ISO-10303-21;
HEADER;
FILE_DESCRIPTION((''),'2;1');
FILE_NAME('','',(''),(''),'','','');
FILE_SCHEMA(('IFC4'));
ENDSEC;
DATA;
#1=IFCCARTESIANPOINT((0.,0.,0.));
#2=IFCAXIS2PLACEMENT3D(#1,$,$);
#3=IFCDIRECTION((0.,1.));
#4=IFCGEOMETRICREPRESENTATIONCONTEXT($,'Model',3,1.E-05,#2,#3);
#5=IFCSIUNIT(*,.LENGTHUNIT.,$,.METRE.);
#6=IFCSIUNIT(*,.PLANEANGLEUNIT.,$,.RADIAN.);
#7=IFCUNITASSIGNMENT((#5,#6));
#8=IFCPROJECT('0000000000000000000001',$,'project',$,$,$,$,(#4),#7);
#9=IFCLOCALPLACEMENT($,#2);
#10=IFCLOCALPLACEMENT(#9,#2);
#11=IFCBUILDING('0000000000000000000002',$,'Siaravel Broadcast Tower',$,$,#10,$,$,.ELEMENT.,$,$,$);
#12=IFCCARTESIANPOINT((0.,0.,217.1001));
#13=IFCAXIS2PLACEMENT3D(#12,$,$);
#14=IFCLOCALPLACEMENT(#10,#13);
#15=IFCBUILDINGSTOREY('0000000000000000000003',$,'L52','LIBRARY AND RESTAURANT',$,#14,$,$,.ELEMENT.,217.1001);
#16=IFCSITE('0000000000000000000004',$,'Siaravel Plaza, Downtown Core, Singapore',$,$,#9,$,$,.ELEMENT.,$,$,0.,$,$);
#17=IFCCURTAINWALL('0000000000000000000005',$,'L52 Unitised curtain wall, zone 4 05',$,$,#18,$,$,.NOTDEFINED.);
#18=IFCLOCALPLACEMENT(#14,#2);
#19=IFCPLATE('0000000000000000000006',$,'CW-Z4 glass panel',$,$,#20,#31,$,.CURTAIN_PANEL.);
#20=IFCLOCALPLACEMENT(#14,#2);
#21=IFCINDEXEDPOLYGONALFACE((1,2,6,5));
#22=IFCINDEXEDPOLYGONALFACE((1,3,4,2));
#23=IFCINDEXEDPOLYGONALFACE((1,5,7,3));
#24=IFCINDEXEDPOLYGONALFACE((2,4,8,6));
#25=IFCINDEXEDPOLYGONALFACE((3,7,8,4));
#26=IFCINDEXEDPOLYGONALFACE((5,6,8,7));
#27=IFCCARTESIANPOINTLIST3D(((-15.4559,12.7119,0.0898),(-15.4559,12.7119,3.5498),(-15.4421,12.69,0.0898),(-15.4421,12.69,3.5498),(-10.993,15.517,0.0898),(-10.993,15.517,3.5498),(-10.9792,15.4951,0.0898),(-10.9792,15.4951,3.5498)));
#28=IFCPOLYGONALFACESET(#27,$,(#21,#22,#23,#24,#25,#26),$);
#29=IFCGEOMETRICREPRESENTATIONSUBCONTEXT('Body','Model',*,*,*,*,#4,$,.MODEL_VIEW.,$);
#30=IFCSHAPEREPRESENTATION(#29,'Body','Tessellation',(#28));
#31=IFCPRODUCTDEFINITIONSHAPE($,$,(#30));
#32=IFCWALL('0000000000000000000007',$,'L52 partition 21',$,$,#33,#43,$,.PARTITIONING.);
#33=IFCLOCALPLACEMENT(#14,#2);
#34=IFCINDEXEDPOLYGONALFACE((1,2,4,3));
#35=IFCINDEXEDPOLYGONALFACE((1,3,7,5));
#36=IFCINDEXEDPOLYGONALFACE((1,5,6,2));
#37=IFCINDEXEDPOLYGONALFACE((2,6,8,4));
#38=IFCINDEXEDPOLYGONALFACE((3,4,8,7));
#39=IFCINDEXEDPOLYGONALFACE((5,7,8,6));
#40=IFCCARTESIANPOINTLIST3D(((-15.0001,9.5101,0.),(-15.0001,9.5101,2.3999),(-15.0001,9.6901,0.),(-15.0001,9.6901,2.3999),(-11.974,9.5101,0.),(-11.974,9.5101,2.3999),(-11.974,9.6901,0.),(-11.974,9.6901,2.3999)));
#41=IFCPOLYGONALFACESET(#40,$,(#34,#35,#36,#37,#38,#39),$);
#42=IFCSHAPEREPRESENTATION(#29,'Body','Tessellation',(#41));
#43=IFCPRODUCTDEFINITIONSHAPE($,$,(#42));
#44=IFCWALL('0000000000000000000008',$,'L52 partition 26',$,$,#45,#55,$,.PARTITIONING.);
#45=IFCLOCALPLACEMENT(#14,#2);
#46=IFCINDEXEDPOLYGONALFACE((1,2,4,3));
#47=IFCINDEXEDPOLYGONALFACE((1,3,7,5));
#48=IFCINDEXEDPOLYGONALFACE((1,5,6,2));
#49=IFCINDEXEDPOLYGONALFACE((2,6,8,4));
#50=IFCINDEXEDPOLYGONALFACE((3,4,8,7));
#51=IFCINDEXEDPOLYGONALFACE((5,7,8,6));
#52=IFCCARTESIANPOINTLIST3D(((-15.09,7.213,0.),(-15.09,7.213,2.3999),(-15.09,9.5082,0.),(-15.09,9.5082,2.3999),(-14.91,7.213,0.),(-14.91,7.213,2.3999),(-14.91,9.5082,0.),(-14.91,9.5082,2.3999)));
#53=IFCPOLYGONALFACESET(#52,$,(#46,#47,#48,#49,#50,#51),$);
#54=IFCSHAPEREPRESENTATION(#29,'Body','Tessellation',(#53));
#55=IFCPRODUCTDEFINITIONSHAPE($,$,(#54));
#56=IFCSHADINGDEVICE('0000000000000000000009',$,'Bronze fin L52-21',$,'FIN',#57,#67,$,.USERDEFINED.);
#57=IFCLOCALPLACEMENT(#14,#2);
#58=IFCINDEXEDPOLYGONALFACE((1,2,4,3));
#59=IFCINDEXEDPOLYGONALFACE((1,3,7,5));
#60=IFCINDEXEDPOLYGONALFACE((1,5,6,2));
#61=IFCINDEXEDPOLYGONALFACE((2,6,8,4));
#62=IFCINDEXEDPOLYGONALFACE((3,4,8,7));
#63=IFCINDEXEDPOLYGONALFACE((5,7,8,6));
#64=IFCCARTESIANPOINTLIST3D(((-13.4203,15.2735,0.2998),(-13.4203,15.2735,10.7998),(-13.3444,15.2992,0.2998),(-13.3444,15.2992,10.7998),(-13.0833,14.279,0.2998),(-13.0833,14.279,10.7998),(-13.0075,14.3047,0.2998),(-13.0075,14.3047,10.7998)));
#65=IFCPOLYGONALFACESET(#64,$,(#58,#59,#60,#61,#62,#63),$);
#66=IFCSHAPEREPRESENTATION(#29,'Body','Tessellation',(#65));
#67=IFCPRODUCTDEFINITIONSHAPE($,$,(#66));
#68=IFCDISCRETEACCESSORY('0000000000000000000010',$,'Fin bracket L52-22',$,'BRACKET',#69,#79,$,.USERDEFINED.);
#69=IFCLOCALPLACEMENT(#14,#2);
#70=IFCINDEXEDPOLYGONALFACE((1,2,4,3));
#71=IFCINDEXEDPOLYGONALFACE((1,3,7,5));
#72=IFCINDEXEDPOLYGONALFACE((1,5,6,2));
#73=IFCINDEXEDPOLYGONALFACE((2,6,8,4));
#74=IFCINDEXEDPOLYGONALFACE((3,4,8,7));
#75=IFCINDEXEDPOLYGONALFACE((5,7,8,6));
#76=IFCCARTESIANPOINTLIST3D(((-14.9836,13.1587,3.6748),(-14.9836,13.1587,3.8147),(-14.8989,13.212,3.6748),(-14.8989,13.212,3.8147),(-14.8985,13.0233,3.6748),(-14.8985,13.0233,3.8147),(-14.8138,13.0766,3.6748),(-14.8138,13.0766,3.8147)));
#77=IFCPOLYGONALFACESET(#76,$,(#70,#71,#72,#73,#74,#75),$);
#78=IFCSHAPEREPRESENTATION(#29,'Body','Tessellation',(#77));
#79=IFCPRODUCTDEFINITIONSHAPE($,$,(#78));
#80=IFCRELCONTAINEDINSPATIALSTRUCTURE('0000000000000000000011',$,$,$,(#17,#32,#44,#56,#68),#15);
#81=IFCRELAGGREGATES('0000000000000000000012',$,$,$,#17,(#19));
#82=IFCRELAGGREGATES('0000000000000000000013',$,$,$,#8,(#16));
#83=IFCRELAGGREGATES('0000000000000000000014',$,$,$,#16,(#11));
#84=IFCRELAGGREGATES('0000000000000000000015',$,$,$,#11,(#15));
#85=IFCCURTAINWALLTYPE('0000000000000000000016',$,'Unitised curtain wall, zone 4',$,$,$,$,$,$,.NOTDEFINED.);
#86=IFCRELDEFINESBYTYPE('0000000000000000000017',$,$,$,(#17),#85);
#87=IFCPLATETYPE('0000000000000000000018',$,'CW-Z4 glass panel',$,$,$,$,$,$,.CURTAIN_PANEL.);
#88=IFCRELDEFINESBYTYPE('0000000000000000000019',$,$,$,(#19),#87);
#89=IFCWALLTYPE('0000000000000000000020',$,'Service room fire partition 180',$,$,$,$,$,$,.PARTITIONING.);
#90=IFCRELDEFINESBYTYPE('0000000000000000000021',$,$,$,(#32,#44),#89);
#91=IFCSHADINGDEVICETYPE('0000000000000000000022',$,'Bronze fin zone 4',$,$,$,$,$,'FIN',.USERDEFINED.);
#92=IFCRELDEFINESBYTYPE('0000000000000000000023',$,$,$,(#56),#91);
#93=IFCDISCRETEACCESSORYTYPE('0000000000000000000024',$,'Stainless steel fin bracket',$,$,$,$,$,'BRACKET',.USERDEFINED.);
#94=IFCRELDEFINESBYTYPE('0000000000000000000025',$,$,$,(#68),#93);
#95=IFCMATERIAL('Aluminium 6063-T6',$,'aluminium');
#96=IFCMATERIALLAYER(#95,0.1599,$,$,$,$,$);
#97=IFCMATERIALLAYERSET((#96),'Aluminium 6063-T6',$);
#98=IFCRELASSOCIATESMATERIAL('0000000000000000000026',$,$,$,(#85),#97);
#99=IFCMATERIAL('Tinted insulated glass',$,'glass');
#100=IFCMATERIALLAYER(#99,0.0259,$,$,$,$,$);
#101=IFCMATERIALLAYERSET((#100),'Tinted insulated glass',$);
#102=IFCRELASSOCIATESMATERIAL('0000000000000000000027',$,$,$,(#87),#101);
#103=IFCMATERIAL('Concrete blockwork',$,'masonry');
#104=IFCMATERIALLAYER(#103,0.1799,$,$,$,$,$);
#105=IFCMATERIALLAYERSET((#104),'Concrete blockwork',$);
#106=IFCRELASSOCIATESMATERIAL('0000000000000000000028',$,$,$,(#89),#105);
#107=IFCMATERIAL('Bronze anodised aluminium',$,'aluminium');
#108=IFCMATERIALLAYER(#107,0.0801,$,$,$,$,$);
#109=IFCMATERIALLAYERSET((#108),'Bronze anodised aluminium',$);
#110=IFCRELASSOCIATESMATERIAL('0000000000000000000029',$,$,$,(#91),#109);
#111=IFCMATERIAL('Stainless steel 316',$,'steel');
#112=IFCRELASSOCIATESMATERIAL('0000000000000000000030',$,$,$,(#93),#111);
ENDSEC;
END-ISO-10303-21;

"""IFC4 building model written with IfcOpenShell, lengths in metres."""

from ifc_helpers import new_model, si_unit, direction, frame, frame_2d, origin, origin_2d, place, context, subcontext, project, spatial, rectangle, extrude, material, layer, layer_set, type_object, element, aggregate, save


model = new_model("IFC4")

# Units and contexts
model_context = context("Model", 3, precision=1e-05, world=origin(), true_north=direction((0.0, 1.0)))
body_context = subcontext(model_context, "Body", "Model", "MODEL_VIEW")
ifc_project = project(units=[si_unit("LENGTHUNIT", "METRE"), si_unit("PLANEANGLEUNIT", "RADIAN")], contexts=[model_context])

# Site, building, storey
site_placement = place(None, origin())
site = spatial("IfcSite", under=ifc_project, at=site_placement, Name="Siaravel Plaza, Downtown Core, Singapore", CompositionType="ELEMENT", RefElevation=0.0)
building_placement = place(site_placement, origin())
building = spatial("IfcBuilding", under=site, at=building_placement, Name="Siaravel Broadcast Tower", CompositionType="ELEMENT")
storey_placement = place(building_placement, frame((0.0, 0.0, 217.1001)))
storey = spatial("IfcBuildingStorey", under=building, at=storey_placement, Name="L52", Description="LIBRARY AND RESTAURANT", CompositionType="ELEMENT", Elevation=217.1001)

# Shared definitions
ifc_material_1 = material(Name="Aluminium 6063-T6", Category="aluminium")
ifc_layer_1 = layer(ifc_material_1, 0.1599)
ifc_layer_set_1 = layer_set([ifc_layer_1], Name="Aluminium 6063-T6")
curtain_wall_type = type_object("IfcCurtainWallType", Name="Unitised curtain wall, zone 4", PredefinedType="NOTDEFINED", material=ifc_layer_set_1)

# Curtain wall, plate
curtain_wall_1_placement = place(storey_placement, origin())
curtain_wall_1 = element("IfcCurtainWall", 1, at=curtain_wall_1_placement, inside=storey, type_object=curtain_wall_type, Name="L52 Unitised curtain wall, zone 4 05", PredefinedType="NOTDEFINED")
ifc_material_2 = material(Name="Tinted insulated glass", Category="glass")
ifc_layer_2 = layer(ifc_material_2, 0.0259)
ifc_layer_set_2 = layer_set([ifc_layer_2], Name="Tinted insulated glass")
plate_type = type_object("IfcPlateType", Name="CW-Z4 glass panel", PredefinedType="CURTAIN_PANEL", material=ifc_layer_set_2)
plate_placement = place(storey_placement, frame((-13.2175, 14.1035, 0.0898), z_axis=(0.0, 0.0, 1.0), x_axis=(-0.84665, -0.53215, 0.0)))
plate = element("IfcPlate", 2, at=plate_placement, type_object=plate_type, Name="CW-Z4 glass panel", PredefinedType="CURTAIN_PANEL", context=body_context, shape_type="SweptSolid", body=[
    extrude(rectangle(XDim=5.2712, YDim=0.0259, at=origin_2d()), origin(), (0.0, 0.0, 1.0), 3.46),
])
aggregate(curtain_wall_1, [plate])

# Walls
ifc_material_3 = material(Name="Concrete blockwork", Category="masonry")
ifc_layer_3 = layer(ifc_material_3, 0.1799)
ifc_layer_set_3 = layer_set([ifc_layer_3], Name="Concrete blockwork")
wall_type_1 = type_object("IfcWallType", Name="Service room fire partition 180", PredefinedType="PARTITIONING", material=ifc_layer_set_3)
wall_1_placement = place(storey_placement, frame((-11.9739, 9.6001, 0.0), z_axis=(0.0, 0.0, 1.0), x_axis=(-1.0, 0.0, 0.0)))
element("IfcWall", 3, at=wall_1_placement, inside=storey, type_object=wall_type_1, Name="L52 partition 21", PredefinedType="PARTITIONING", context=body_context, shape_type="SweptSolid", body=[
    extrude(rectangle(XDim=3.0261, YDim=0.1799, at=frame_2d((1.5132, 0.0))), origin(), (0.0, 0.0, 1.0), 2.3999),
])
wall_2_placement = place(storey_placement, frame((-15.0, 9.5081, 0.0), z_axis=(0.0, 0.0, 1.0), x_axis=(0.0, -1.0, 0.0)))
element("IfcWall", 4, at=wall_2_placement, inside=storey, type_object=wall_type_1, Name="L52 partition 26", PredefinedType="PARTITIONING", context=body_context, shape_type="SweptSolid", body=[
    extrude(rectangle(XDim=2.2952, YDim=0.1799, at=frame_2d((1.1475, 0.0))), origin(), (0.0, 0.0, 1.0), 2.3999),
])

# Shading device
ifc_material_4 = material(Name="Bronze anodised aluminium", Category="aluminium")
ifc_layer_4 = layer(ifc_material_4, 0.0801)
ifc_layer_set_4 = layer_set([ifc_layer_4], Name="Bronze anodised aluminium")
shading_device_type = type_object("IfcShadingDeviceType", Name="Bronze fin zone 4", ElementType="FIN", PredefinedType="USERDEFINED", material=ifc_layer_set_4)
shading_device_placement = place(storey_placement, frame((-13.2139, 14.7891, 0.2998), z_axis=(0.0, 0.0, 1.0), x_axis=(-0.320907, 0.947111, 0.0)))
element("IfcShadingDevice", 5, at=shading_device_placement, inside=storey, type_object=shading_device_type, Name="Bronze fin L52-21", ObjectType="FIN", PredefinedType="USERDEFINED", context=body_context, shape_type="SweptSolid", body=[
    extrude(rectangle(XDim=1.05, YDim=0.0801, at=origin_2d()), origin(), (0.0, 0.0, 1.0), 10.5),
])

# Discrete accessory
ifc_material_5 = material(Name="Stainless steel 316", Category="steel")
discrete_accessory_type = type_object("IfcDiscreteAccessoryType", Name="Stainless steel fin bracket", ElementType="BRACKET", PredefinedType="USERDEFINED", material=ifc_material_5)
discrete_accessory_placement = place(storey_placement, frame((-14.8987, 13.1177, 3.6748), z_axis=(0.0, 0.0, 1.0), x_axis=(-0.532149, 0.84665, 0.0)))
element("IfcDiscreteAccessory", 6, at=discrete_accessory_placement, inside=storey, type_object=discrete_accessory_type, Name="Fin bracket L52-22", ObjectType="BRACKET", PredefinedType="USERDEFINED", context=body_context, shape_type="SweptSolid", body=[
    extrude(rectangle(XDim=0.1599, YDim=0.1001, at=origin_2d()), origin(), (0.0, 0.0, 1.0), 0.1399),
])

save(model, "model.ifc")
